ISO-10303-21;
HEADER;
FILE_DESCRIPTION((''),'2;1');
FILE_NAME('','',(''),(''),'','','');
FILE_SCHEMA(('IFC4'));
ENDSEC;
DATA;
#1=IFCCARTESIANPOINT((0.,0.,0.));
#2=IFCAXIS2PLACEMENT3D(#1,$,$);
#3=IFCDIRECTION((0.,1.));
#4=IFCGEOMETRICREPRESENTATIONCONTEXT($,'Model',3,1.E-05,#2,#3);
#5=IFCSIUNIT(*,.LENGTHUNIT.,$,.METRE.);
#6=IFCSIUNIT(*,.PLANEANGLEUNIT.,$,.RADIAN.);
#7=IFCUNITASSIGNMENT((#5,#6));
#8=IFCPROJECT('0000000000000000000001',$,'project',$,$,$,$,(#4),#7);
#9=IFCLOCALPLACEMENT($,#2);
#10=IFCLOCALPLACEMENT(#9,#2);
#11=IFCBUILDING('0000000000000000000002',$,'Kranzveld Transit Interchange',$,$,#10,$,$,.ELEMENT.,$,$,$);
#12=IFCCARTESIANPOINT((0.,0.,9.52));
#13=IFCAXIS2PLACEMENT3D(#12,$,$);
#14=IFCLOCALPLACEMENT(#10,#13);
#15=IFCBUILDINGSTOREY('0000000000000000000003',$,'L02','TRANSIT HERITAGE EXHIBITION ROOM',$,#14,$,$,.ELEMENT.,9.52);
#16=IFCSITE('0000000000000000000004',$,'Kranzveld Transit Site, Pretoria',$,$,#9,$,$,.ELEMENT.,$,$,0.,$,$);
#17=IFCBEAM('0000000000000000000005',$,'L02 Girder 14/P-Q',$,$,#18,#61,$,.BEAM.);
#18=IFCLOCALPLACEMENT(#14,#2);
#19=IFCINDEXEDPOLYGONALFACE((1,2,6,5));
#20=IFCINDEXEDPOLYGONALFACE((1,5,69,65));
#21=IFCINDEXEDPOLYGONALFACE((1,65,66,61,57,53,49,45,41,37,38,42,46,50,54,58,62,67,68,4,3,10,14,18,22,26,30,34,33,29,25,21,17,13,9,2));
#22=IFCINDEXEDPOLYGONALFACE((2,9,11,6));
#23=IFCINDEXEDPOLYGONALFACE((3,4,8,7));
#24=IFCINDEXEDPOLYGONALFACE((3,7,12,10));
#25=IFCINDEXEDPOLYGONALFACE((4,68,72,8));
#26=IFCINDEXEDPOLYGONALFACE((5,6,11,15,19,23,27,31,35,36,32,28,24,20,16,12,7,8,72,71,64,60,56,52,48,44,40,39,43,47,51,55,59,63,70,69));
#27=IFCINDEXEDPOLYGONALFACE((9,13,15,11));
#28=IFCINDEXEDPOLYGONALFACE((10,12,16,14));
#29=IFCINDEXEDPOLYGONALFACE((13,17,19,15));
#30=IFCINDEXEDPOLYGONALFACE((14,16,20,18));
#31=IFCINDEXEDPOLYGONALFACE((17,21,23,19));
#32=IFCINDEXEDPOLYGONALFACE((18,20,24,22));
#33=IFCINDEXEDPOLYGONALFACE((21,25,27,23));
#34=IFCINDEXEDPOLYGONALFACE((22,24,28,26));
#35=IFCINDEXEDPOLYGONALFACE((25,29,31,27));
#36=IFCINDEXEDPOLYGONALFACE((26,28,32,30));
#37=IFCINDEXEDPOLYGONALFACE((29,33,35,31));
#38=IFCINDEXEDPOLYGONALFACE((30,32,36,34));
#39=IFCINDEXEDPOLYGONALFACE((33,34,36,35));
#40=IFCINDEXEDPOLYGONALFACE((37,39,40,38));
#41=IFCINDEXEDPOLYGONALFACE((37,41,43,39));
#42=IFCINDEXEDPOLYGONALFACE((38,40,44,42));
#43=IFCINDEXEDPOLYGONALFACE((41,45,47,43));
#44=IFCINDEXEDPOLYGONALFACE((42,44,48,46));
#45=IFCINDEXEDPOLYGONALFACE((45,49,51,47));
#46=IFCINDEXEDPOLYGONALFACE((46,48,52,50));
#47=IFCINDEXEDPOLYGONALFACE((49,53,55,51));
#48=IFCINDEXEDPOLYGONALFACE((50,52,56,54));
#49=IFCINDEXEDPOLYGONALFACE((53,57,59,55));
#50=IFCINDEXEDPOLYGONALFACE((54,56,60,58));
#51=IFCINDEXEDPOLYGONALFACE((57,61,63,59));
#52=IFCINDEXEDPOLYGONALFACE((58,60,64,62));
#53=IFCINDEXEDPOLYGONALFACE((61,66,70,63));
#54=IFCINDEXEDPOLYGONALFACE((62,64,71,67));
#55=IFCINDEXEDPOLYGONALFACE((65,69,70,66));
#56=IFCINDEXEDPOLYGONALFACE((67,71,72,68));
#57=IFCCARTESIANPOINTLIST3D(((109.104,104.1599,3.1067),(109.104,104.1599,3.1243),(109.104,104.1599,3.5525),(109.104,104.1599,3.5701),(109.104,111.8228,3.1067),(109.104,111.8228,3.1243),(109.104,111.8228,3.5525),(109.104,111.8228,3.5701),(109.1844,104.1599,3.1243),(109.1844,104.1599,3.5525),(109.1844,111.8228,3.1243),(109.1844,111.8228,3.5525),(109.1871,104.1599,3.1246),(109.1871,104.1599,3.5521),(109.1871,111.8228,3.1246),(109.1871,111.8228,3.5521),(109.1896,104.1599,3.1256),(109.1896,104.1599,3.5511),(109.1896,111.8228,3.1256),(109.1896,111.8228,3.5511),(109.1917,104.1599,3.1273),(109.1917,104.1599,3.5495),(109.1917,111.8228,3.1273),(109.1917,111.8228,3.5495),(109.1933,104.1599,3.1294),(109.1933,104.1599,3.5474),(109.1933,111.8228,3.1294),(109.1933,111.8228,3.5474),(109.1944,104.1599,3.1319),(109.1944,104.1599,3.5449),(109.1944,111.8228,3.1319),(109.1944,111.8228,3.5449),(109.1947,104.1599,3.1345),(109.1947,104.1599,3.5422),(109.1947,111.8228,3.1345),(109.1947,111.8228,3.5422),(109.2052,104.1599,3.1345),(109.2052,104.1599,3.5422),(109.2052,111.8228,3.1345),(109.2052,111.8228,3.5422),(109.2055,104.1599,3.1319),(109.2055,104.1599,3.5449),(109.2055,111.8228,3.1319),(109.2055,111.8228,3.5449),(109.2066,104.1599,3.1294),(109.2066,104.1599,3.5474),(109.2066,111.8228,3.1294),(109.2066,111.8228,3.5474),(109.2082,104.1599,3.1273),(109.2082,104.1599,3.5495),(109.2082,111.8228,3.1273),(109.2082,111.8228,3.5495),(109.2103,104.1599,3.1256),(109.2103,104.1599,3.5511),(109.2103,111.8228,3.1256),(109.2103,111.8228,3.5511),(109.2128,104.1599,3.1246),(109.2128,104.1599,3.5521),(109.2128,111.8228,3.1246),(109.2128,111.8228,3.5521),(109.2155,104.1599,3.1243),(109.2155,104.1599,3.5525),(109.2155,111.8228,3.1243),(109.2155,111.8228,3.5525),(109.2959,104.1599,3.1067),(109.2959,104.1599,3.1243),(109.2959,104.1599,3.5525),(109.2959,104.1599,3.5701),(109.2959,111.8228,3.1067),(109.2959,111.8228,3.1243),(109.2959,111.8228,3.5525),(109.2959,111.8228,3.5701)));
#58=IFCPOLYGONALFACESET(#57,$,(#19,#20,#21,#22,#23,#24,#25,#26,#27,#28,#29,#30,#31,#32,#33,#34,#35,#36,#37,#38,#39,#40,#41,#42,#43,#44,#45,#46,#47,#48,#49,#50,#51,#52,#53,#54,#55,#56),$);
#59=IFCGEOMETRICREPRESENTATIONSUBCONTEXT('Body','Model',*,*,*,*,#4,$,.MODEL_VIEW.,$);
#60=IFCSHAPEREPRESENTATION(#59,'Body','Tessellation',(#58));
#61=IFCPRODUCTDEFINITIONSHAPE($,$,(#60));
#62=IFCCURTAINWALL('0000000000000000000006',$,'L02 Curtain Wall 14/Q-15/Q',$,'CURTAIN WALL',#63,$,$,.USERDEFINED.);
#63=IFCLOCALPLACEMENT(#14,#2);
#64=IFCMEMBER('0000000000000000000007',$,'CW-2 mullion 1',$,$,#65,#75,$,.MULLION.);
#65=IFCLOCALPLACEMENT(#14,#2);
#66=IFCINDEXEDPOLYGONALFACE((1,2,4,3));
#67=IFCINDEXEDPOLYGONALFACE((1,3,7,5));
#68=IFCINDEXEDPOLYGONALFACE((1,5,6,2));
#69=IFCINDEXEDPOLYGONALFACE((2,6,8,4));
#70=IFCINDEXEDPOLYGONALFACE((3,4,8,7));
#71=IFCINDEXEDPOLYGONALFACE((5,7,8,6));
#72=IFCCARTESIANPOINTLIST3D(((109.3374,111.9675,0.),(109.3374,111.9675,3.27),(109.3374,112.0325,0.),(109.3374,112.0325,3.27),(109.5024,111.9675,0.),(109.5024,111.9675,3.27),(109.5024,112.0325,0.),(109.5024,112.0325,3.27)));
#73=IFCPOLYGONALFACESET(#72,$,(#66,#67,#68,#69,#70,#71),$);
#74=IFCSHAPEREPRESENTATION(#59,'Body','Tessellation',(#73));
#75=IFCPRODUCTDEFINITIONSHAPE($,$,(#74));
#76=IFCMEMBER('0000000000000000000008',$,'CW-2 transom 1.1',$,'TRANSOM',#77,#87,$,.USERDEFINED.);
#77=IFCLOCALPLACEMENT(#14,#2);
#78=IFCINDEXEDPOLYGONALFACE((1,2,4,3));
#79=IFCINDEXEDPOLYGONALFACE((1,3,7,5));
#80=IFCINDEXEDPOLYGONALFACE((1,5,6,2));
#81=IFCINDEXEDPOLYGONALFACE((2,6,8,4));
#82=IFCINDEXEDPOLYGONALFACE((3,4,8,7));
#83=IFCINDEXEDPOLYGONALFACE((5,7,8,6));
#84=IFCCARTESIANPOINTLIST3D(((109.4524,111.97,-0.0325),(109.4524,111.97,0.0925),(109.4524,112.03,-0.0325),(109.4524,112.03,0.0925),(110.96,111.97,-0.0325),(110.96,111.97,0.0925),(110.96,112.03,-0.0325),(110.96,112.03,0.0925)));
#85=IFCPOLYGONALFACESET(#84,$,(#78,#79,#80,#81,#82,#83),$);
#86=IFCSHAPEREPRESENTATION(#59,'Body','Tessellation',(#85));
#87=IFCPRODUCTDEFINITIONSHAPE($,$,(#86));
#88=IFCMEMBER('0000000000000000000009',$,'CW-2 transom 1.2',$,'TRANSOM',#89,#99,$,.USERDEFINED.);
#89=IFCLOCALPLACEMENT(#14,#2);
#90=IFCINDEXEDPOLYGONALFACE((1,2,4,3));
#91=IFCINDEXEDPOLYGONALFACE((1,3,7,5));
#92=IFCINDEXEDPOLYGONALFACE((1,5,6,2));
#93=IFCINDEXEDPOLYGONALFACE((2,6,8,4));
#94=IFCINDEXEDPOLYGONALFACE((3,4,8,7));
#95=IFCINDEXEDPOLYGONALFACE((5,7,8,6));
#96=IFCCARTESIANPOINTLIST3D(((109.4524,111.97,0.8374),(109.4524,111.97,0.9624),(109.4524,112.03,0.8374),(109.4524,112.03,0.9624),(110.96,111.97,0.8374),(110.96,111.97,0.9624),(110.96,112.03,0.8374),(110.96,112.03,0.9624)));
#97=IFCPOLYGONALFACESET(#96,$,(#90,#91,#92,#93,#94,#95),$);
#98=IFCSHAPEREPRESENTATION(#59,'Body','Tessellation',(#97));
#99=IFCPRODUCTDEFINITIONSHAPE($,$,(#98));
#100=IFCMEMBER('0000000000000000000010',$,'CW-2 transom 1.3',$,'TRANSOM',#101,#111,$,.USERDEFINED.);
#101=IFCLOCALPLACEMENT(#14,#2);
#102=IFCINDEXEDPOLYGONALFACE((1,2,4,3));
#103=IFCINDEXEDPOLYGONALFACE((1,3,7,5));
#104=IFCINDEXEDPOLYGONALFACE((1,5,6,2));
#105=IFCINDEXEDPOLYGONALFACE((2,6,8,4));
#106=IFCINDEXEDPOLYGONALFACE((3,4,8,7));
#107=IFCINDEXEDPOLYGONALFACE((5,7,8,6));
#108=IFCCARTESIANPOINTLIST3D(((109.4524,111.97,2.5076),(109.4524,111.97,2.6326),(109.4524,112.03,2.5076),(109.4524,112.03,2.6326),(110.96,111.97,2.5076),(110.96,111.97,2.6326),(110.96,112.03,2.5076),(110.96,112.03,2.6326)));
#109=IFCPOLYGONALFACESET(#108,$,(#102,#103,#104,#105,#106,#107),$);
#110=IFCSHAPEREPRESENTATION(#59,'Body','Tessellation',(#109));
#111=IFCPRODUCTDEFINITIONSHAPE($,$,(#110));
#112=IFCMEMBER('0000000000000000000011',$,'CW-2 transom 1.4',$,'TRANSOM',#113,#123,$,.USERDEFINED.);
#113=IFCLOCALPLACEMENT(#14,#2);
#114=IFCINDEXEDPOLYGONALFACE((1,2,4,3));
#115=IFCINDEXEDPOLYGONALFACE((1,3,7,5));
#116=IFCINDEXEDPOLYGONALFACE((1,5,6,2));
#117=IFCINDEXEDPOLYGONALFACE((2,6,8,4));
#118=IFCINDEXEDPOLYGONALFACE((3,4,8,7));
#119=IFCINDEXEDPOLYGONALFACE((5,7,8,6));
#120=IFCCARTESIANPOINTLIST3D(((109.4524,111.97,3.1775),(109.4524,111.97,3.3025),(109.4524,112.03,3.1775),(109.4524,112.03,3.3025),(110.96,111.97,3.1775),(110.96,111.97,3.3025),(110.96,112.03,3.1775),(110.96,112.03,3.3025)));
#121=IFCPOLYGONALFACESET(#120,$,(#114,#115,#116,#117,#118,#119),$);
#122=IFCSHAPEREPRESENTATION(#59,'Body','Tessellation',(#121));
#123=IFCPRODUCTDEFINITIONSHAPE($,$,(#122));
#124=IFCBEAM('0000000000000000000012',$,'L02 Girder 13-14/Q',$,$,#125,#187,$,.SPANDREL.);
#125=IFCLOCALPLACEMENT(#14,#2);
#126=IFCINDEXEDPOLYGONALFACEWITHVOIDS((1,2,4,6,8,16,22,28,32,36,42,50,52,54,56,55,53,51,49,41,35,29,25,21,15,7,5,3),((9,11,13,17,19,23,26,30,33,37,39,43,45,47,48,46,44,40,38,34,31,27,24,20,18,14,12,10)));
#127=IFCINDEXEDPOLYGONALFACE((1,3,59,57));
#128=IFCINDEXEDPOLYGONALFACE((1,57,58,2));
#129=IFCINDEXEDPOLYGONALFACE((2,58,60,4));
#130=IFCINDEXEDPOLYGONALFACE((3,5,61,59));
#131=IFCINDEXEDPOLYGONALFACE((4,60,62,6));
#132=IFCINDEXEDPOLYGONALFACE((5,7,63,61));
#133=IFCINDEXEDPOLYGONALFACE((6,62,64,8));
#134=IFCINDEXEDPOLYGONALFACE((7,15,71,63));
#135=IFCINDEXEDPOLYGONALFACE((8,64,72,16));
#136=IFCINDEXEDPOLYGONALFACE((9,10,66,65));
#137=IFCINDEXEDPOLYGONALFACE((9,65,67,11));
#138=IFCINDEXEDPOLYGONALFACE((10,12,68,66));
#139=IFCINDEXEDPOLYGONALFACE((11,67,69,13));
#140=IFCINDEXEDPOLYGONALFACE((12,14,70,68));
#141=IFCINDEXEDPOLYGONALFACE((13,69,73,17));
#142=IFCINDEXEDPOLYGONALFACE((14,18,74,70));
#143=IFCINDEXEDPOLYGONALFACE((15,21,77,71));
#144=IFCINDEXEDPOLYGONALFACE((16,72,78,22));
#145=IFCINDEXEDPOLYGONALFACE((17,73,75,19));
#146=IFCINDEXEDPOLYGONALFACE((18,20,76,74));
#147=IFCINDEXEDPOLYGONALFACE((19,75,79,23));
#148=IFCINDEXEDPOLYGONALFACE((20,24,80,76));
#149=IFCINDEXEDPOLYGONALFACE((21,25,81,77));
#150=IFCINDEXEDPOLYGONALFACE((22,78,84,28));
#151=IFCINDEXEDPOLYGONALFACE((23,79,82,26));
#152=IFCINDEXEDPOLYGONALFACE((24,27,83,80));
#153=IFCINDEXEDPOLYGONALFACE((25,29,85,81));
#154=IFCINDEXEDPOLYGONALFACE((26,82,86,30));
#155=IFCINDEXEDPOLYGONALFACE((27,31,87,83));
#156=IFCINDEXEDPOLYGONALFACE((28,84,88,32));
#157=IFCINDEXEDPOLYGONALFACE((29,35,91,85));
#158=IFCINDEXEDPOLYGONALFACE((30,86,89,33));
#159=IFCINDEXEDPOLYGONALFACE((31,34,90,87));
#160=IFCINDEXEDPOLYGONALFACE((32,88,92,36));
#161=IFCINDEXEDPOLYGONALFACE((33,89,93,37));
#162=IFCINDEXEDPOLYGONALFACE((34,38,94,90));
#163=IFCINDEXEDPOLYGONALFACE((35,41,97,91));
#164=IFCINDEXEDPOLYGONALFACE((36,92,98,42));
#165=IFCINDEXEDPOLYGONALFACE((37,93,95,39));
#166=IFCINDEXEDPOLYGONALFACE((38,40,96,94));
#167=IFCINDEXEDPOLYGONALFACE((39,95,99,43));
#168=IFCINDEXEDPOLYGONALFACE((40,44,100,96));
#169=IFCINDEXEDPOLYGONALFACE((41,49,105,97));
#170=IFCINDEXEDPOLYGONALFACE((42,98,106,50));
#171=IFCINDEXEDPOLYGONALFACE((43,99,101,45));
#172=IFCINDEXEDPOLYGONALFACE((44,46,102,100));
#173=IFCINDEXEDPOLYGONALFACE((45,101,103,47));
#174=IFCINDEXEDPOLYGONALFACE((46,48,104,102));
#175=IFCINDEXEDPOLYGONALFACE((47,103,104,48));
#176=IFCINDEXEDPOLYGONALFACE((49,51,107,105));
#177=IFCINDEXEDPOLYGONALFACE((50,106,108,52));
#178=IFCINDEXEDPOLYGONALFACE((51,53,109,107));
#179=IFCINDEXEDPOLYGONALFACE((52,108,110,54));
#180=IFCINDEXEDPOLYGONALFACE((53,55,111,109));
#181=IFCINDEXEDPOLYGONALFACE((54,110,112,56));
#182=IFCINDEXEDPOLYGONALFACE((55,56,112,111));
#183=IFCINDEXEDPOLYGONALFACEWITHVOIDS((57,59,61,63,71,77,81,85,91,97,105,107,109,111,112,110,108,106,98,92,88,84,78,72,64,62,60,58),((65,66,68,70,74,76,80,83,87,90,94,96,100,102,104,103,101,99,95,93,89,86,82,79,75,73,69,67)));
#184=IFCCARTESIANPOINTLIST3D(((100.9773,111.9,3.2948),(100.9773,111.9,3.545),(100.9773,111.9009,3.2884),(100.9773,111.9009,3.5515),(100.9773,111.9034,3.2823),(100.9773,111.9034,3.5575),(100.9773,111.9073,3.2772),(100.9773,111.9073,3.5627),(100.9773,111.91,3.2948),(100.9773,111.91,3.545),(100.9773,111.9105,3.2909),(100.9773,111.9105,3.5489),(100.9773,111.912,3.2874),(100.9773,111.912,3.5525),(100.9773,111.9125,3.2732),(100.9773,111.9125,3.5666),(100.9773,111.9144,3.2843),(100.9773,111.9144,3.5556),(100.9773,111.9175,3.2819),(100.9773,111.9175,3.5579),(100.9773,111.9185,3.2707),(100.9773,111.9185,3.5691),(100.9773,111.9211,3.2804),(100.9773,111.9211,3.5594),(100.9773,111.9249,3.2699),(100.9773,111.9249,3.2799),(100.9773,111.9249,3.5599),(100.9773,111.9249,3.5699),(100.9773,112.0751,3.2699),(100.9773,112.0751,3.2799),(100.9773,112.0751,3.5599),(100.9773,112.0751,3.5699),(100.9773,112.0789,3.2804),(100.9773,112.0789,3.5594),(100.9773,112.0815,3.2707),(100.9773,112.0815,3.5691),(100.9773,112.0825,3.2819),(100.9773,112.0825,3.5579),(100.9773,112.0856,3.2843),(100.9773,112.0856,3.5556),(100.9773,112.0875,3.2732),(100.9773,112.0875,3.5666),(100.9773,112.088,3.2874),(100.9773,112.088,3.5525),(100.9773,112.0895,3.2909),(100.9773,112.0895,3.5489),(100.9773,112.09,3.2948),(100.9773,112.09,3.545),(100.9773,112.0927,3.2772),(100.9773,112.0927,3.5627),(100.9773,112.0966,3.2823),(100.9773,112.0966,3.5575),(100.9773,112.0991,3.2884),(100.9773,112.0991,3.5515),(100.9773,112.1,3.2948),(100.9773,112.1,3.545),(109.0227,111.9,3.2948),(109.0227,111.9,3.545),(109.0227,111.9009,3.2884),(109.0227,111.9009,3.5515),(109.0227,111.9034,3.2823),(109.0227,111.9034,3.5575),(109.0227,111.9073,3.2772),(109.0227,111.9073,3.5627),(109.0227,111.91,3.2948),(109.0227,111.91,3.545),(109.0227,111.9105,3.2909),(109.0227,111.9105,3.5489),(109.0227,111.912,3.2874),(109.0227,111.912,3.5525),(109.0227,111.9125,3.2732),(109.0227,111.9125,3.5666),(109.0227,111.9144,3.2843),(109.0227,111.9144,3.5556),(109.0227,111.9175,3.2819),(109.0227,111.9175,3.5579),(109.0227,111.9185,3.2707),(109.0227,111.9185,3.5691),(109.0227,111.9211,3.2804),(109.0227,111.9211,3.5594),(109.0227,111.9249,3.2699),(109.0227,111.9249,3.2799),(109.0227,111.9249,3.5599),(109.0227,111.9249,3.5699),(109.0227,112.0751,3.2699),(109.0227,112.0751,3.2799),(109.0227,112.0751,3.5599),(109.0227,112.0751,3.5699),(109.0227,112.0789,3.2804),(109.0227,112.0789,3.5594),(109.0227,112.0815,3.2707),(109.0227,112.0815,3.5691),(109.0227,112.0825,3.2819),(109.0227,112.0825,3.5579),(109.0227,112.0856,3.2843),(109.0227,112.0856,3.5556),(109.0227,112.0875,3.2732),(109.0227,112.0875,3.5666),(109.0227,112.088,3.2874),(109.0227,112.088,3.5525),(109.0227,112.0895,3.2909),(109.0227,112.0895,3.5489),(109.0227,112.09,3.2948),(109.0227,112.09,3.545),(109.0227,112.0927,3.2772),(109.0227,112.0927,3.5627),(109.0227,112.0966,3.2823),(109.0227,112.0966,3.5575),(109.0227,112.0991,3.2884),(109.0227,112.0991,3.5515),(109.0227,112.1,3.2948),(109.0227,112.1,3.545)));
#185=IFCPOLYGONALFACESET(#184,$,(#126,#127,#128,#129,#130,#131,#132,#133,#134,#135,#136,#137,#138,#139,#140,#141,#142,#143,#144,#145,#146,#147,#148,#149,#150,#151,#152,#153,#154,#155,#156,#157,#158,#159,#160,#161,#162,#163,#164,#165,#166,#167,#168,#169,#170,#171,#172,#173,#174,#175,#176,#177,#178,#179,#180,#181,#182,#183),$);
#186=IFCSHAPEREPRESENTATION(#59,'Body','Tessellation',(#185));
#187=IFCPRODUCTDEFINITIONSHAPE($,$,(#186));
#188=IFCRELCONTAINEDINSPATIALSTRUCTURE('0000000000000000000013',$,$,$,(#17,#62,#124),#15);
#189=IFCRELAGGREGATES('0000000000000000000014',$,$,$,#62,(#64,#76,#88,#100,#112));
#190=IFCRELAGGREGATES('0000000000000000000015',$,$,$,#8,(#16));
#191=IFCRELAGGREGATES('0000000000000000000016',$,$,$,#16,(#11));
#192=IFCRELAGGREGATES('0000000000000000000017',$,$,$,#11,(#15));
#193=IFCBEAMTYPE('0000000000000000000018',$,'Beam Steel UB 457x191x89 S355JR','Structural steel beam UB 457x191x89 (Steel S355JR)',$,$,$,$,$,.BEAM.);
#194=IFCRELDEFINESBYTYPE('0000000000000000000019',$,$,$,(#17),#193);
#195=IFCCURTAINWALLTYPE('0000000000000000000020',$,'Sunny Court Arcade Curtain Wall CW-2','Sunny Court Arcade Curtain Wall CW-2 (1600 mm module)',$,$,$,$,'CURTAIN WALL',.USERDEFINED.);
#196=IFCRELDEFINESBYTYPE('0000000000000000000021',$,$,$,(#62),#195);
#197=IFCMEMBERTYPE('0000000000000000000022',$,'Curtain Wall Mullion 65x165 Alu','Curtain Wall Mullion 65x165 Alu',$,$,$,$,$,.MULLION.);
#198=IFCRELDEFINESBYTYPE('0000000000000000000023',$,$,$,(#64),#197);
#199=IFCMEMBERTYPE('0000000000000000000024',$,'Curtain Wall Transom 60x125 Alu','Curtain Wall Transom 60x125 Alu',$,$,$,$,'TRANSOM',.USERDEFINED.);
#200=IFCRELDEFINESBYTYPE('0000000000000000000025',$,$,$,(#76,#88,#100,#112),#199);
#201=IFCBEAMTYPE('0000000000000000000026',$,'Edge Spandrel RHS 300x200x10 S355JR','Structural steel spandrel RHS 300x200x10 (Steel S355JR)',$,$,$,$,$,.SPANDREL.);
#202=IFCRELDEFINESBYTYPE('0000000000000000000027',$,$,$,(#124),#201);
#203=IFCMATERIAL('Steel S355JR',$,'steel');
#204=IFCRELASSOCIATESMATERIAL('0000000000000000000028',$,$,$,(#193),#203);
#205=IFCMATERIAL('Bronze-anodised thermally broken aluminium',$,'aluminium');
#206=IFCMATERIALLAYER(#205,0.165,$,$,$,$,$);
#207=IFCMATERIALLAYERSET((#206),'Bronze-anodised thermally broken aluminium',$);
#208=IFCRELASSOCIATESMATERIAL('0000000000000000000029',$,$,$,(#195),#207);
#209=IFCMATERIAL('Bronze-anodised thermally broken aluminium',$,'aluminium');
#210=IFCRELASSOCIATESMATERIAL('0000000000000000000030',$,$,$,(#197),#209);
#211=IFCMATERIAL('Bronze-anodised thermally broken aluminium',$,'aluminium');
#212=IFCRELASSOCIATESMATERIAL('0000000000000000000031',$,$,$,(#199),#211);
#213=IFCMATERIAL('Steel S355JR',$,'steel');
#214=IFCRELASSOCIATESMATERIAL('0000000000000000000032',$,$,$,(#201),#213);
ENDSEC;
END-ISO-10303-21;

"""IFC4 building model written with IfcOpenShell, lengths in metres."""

from ifc_helpers import new_model, si_unit, direction, frame, origin, origin_2d, place, context, subcontext, project, spatial, rectangle, hollow_rectangle, i_section, extrude, material, layer, layer_set, material_profile, profile_set, type_object, element, aggregate, save


model = new_model("IFC4")

# Units and contexts
model_context = context("Model", 3, precision=1e-05, world=origin(), true_north=direction((0.0, 1.0)))
body_context = subcontext(model_context, "Body", "Model", "MODEL_VIEW")
ifc_project = project(units=[si_unit("LENGTHUNIT", "METRE"), si_unit("PLANEANGLEUNIT", "RADIAN")], contexts=[model_context])

# Site, building, storey
site_placement = place(None, origin())
site = spatial("IfcSite", under=ifc_project, at=site_placement, Name="Kranzveld Transit Site, Pretoria", CompositionType="ELEMENT", RefElevation=0.0)
building_placement = place(site_placement, origin())
building = spatial("IfcBuilding", under=site, at=building_placement, Name="Kranzveld Transit Interchange", CompositionType="ELEMENT")
storey_placement = place(building_placement, frame((0.0, 0.0, 9.52)))
storey = spatial("IfcBuildingStorey", under=building, at=storey_placement, Name="L02", Description="TRANSIT HERITAGE EXHIBITION ROOM", CompositionType="ELEMENT", Elevation=9.52)

# Beam
ifc_material_1 = material(Name="Steel S355JR", Category="steel")
ifc_material_profile_1 = material_profile(ifc_material_1, i_section(OverallWidth=0.1919, OverallDepth=0.4634, WebThickness=0.0105, FlangeThickness=0.0176, FilletRadius=0.0103, at=origin_2d()), Name="UB 457x191x89")
ifc_profile_set_1 = profile_set([ifc_material_profile_1], Name="Steel S355JR")
beam_type_1 = type_object("IfcBeamType", Name="Beam Steel UB 457x191x89 S355JR", Description="Structural steel beam UB 457x191x89 (Steel S355JR)", PredefinedType="BEAM", material=ifc_profile_set_1)
beam_1_placement = place(storey_placement, frame((109.2, 104.1599, 3.3384), z_axis=(0.0, 1.0, 0.0), x_axis=(-1.0, 0.0, 0.0)))
element("IfcBeam", 1, at=beam_1_placement, inside=storey, type_object=beam_type_1, Name="L02 Girder 14/P-Q", PredefinedType="BEAM", context=body_context, shape_type="SweptSolid", body=[
    extrude(i_section(OverallWidth=0.1919, OverallDepth=0.4634, WebThickness=0.0105, FlangeThickness=0.0176, FilletRadius=0.0103, at=origin_2d()), origin(), (0.0, 0.0, 1.0), 7.6628),
])

# Curtain wall, members
ifc_material_2 = material(Name="Bronze-anodised thermally broken aluminium", Category="aluminium")
ifc_layer_1 = layer(ifc_material_2, 0.165)
ifc_layer_set_1 = layer_set([ifc_layer_1], Name="Bronze-anodised thermally broken aluminium")
curtain_wall_type = type_object("IfcCurtainWallType", Name="Sunny Court Arcade Curtain Wall CW-2", Description="Sunny Court Arcade Curtain Wall CW-2 (1600 mm module)", ElementType="CURTAIN WALL", PredefinedType="USERDEFINED", material=ifc_layer_set_1)
curtain_wall_placement = place(storey_placement, origin())
curtain_wall = element("IfcCurtainWall", 2, at=curtain_wall_placement, inside=storey, type_object=curtain_wall_type, Name="L02 Curtain Wall 14/Q-15/Q", ObjectType="CURTAIN WALL", PredefinedType="USERDEFINED")
ifc_material_3 = material(Name="Bronze-anodised thermally broken aluminium", Category="aluminium")
ifc_material_profile_2 = material_profile(ifc_material_3, rectangle(XDim=0.0649, YDim=0.165, at=origin_2d()), Name="ALU MULLION 65x165")
ifc_profile_set_2 = profile_set([ifc_material_profile_2], Name="Bronze-anodised thermally broken aluminium")
member_type_1 = type_object("IfcMemberType", Name="Curtain Wall Mullion 65x165 Alu", Description="Curtain Wall Mullion 65x165 Alu", PredefinedType="MULLION", material=ifc_profile_set_2)
member_1_placement = place(storey_placement, frame((109.4199, 112.0, 0.0), z_axis=(0.0, 0.0, 1.0), x_axis=(0.0, 1.0, 0.0)))
member_1 = element("IfcMember", 3, at=member_1_placement, type_object=member_type_1, Name="CW-2 mullion 1", PredefinedType="MULLION", context=body_context, shape_type="SweptSolid", body=[
    extrude(rectangle(XDim=0.0649, YDim=0.165, at=origin_2d()), origin(), (0.0, 0.0, 1.0), 3.27),
])
ifc_material_4 = material(Name="Bronze-anodised thermally broken aluminium", Category="aluminium")
ifc_material_profile_3 = material_profile(ifc_material_4, rectangle(XDim=0.0601, YDim=0.125, at=origin_2d()), Name="ALU TRANSOM 60x125")
ifc_profile_set_3 = profile_set([ifc_material_profile_3], Name="Bronze-anodised thermally broken aluminium")
member_type_2 = type_object("IfcMemberType", Name="Curtain Wall Transom 60x125 Alu", Description="Curtain Wall Transom 60x125 Alu", ElementType="TRANSOM", PredefinedType="USERDEFINED", material=ifc_profile_set_3)
member_2_placement = place(storey_placement, frame((109.4524, 112.0, 0.03), z_axis=(1.0, 0.0, 0.0), x_axis=(0.0, 1.0, 0.0)))
member_2 = element("IfcMember", 4, at=member_2_placement, type_object=member_type_2, Name="CW-2 transom 1.1", ObjectType="TRANSOM", PredefinedType="USERDEFINED", context=body_context, shape_type="SweptSolid", body=[
    extrude(rectangle(XDim=0.0601, YDim=0.125, at=origin_2d()), origin(), (0.0, 0.0, 1.0), 1.5076),
])
member_3_placement = place(storey_placement, frame((109.4524, 112.0, 0.8999), z_axis=(1.0, 0.0, 0.0), x_axis=(0.0, 1.0, 0.0)))
member_3 = element("IfcMember", 5, at=member_3_placement, type_object=member_type_2, Name="CW-2 transom 1.2", ObjectType="TRANSOM", PredefinedType="USERDEFINED", context=body_context, shape_type="SweptSolid", body=[
    extrude(rectangle(XDim=0.0601, YDim=0.125, at=origin_2d()), origin(), (0.0, 0.0, 1.0), 1.5076),
])
member_4_placement = place(storey_placement, frame((109.4524, 112.0, 2.5701), z_axis=(1.0, 0.0, 0.0), x_axis=(0.0, 1.0, 0.0)))
member_4 = element("IfcMember", 6, at=member_4_placement, type_object=member_type_2, Name="CW-2 transom 1.3", ObjectType="TRANSOM", PredefinedType="USERDEFINED", context=body_context, shape_type="SweptSolid", body=[
    extrude(rectangle(XDim=0.0601, YDim=0.125, at=origin_2d()), origin(), (0.0, 0.0, 1.0), 1.5076),
])
member_5_placement = place(storey_placement, frame((109.4524, 112.0, 3.24), z_axis=(1.0, 0.0, 0.0), x_axis=(0.0, 1.0, 0.0)))
member_5 = element("IfcMember", 7, at=member_5_placement, type_object=member_type_2, Name="CW-2 transom 1.4", ObjectType="TRANSOM", PredefinedType="USERDEFINED", context=body_context, shape_type="SweptSolid", body=[
    extrude(rectangle(XDim=0.0601, YDim=0.125, at=origin_2d()), origin(), (0.0, 0.0, 1.0), 1.5076),
])

# Beam
ifc_material_5 = material(Name="Steel S355JR", Category="steel")
ifc_material_profile_4 = material_profile(ifc_material_5, hollow_rectangle(XDim=0.2, YDim=0.3, WallThickness=0.01, InnerFilletRadius=0.0149, OuterFilletRadius=0.0249, at=origin_2d()), Name="RHS 300x200x10")
ifc_profile_set_4 = profile_set([ifc_material_profile_4], Name="Steel S355JR")
beam_type_2 = type_object("IfcBeamType", Name="Edge Spandrel RHS 300x200x10 S355JR", Description="Structural steel spandrel RHS 300x200x10 (Steel S355JR)", PredefinedType="SPANDREL", material=ifc_profile_set_4)
for number, where, z_axis, x_axis, name in (
    (8, (100.9773, 112.0, 3.4199), (1.0, 0.0, 0.0), (0.0, 1.0, 0.0), "L02 Girder 13-14/Q"),
):
    element("IfcBeam", number, at=place(storey_placement, frame(where, z_axis=z_axis, x_axis=x_axis)), inside=storey, type_object=beam_type_2, Name=name, PredefinedType="SPANDREL", context=body_context, shape_type="SweptSolid", body=[
        extrude(hollow_rectangle(XDim=0.2, YDim=0.3, WallThickness=0.01, InnerFilletRadius=0.0149, OuterFilletRadius=0.0249, at=origin_2d()), origin(), (0.0, 0.0, 1.0), 8.0454),
    ])

aggregate(curtain_wall, [member_1, member_2, member_3, member_4, member_5])

save(model, "model.ifc")
